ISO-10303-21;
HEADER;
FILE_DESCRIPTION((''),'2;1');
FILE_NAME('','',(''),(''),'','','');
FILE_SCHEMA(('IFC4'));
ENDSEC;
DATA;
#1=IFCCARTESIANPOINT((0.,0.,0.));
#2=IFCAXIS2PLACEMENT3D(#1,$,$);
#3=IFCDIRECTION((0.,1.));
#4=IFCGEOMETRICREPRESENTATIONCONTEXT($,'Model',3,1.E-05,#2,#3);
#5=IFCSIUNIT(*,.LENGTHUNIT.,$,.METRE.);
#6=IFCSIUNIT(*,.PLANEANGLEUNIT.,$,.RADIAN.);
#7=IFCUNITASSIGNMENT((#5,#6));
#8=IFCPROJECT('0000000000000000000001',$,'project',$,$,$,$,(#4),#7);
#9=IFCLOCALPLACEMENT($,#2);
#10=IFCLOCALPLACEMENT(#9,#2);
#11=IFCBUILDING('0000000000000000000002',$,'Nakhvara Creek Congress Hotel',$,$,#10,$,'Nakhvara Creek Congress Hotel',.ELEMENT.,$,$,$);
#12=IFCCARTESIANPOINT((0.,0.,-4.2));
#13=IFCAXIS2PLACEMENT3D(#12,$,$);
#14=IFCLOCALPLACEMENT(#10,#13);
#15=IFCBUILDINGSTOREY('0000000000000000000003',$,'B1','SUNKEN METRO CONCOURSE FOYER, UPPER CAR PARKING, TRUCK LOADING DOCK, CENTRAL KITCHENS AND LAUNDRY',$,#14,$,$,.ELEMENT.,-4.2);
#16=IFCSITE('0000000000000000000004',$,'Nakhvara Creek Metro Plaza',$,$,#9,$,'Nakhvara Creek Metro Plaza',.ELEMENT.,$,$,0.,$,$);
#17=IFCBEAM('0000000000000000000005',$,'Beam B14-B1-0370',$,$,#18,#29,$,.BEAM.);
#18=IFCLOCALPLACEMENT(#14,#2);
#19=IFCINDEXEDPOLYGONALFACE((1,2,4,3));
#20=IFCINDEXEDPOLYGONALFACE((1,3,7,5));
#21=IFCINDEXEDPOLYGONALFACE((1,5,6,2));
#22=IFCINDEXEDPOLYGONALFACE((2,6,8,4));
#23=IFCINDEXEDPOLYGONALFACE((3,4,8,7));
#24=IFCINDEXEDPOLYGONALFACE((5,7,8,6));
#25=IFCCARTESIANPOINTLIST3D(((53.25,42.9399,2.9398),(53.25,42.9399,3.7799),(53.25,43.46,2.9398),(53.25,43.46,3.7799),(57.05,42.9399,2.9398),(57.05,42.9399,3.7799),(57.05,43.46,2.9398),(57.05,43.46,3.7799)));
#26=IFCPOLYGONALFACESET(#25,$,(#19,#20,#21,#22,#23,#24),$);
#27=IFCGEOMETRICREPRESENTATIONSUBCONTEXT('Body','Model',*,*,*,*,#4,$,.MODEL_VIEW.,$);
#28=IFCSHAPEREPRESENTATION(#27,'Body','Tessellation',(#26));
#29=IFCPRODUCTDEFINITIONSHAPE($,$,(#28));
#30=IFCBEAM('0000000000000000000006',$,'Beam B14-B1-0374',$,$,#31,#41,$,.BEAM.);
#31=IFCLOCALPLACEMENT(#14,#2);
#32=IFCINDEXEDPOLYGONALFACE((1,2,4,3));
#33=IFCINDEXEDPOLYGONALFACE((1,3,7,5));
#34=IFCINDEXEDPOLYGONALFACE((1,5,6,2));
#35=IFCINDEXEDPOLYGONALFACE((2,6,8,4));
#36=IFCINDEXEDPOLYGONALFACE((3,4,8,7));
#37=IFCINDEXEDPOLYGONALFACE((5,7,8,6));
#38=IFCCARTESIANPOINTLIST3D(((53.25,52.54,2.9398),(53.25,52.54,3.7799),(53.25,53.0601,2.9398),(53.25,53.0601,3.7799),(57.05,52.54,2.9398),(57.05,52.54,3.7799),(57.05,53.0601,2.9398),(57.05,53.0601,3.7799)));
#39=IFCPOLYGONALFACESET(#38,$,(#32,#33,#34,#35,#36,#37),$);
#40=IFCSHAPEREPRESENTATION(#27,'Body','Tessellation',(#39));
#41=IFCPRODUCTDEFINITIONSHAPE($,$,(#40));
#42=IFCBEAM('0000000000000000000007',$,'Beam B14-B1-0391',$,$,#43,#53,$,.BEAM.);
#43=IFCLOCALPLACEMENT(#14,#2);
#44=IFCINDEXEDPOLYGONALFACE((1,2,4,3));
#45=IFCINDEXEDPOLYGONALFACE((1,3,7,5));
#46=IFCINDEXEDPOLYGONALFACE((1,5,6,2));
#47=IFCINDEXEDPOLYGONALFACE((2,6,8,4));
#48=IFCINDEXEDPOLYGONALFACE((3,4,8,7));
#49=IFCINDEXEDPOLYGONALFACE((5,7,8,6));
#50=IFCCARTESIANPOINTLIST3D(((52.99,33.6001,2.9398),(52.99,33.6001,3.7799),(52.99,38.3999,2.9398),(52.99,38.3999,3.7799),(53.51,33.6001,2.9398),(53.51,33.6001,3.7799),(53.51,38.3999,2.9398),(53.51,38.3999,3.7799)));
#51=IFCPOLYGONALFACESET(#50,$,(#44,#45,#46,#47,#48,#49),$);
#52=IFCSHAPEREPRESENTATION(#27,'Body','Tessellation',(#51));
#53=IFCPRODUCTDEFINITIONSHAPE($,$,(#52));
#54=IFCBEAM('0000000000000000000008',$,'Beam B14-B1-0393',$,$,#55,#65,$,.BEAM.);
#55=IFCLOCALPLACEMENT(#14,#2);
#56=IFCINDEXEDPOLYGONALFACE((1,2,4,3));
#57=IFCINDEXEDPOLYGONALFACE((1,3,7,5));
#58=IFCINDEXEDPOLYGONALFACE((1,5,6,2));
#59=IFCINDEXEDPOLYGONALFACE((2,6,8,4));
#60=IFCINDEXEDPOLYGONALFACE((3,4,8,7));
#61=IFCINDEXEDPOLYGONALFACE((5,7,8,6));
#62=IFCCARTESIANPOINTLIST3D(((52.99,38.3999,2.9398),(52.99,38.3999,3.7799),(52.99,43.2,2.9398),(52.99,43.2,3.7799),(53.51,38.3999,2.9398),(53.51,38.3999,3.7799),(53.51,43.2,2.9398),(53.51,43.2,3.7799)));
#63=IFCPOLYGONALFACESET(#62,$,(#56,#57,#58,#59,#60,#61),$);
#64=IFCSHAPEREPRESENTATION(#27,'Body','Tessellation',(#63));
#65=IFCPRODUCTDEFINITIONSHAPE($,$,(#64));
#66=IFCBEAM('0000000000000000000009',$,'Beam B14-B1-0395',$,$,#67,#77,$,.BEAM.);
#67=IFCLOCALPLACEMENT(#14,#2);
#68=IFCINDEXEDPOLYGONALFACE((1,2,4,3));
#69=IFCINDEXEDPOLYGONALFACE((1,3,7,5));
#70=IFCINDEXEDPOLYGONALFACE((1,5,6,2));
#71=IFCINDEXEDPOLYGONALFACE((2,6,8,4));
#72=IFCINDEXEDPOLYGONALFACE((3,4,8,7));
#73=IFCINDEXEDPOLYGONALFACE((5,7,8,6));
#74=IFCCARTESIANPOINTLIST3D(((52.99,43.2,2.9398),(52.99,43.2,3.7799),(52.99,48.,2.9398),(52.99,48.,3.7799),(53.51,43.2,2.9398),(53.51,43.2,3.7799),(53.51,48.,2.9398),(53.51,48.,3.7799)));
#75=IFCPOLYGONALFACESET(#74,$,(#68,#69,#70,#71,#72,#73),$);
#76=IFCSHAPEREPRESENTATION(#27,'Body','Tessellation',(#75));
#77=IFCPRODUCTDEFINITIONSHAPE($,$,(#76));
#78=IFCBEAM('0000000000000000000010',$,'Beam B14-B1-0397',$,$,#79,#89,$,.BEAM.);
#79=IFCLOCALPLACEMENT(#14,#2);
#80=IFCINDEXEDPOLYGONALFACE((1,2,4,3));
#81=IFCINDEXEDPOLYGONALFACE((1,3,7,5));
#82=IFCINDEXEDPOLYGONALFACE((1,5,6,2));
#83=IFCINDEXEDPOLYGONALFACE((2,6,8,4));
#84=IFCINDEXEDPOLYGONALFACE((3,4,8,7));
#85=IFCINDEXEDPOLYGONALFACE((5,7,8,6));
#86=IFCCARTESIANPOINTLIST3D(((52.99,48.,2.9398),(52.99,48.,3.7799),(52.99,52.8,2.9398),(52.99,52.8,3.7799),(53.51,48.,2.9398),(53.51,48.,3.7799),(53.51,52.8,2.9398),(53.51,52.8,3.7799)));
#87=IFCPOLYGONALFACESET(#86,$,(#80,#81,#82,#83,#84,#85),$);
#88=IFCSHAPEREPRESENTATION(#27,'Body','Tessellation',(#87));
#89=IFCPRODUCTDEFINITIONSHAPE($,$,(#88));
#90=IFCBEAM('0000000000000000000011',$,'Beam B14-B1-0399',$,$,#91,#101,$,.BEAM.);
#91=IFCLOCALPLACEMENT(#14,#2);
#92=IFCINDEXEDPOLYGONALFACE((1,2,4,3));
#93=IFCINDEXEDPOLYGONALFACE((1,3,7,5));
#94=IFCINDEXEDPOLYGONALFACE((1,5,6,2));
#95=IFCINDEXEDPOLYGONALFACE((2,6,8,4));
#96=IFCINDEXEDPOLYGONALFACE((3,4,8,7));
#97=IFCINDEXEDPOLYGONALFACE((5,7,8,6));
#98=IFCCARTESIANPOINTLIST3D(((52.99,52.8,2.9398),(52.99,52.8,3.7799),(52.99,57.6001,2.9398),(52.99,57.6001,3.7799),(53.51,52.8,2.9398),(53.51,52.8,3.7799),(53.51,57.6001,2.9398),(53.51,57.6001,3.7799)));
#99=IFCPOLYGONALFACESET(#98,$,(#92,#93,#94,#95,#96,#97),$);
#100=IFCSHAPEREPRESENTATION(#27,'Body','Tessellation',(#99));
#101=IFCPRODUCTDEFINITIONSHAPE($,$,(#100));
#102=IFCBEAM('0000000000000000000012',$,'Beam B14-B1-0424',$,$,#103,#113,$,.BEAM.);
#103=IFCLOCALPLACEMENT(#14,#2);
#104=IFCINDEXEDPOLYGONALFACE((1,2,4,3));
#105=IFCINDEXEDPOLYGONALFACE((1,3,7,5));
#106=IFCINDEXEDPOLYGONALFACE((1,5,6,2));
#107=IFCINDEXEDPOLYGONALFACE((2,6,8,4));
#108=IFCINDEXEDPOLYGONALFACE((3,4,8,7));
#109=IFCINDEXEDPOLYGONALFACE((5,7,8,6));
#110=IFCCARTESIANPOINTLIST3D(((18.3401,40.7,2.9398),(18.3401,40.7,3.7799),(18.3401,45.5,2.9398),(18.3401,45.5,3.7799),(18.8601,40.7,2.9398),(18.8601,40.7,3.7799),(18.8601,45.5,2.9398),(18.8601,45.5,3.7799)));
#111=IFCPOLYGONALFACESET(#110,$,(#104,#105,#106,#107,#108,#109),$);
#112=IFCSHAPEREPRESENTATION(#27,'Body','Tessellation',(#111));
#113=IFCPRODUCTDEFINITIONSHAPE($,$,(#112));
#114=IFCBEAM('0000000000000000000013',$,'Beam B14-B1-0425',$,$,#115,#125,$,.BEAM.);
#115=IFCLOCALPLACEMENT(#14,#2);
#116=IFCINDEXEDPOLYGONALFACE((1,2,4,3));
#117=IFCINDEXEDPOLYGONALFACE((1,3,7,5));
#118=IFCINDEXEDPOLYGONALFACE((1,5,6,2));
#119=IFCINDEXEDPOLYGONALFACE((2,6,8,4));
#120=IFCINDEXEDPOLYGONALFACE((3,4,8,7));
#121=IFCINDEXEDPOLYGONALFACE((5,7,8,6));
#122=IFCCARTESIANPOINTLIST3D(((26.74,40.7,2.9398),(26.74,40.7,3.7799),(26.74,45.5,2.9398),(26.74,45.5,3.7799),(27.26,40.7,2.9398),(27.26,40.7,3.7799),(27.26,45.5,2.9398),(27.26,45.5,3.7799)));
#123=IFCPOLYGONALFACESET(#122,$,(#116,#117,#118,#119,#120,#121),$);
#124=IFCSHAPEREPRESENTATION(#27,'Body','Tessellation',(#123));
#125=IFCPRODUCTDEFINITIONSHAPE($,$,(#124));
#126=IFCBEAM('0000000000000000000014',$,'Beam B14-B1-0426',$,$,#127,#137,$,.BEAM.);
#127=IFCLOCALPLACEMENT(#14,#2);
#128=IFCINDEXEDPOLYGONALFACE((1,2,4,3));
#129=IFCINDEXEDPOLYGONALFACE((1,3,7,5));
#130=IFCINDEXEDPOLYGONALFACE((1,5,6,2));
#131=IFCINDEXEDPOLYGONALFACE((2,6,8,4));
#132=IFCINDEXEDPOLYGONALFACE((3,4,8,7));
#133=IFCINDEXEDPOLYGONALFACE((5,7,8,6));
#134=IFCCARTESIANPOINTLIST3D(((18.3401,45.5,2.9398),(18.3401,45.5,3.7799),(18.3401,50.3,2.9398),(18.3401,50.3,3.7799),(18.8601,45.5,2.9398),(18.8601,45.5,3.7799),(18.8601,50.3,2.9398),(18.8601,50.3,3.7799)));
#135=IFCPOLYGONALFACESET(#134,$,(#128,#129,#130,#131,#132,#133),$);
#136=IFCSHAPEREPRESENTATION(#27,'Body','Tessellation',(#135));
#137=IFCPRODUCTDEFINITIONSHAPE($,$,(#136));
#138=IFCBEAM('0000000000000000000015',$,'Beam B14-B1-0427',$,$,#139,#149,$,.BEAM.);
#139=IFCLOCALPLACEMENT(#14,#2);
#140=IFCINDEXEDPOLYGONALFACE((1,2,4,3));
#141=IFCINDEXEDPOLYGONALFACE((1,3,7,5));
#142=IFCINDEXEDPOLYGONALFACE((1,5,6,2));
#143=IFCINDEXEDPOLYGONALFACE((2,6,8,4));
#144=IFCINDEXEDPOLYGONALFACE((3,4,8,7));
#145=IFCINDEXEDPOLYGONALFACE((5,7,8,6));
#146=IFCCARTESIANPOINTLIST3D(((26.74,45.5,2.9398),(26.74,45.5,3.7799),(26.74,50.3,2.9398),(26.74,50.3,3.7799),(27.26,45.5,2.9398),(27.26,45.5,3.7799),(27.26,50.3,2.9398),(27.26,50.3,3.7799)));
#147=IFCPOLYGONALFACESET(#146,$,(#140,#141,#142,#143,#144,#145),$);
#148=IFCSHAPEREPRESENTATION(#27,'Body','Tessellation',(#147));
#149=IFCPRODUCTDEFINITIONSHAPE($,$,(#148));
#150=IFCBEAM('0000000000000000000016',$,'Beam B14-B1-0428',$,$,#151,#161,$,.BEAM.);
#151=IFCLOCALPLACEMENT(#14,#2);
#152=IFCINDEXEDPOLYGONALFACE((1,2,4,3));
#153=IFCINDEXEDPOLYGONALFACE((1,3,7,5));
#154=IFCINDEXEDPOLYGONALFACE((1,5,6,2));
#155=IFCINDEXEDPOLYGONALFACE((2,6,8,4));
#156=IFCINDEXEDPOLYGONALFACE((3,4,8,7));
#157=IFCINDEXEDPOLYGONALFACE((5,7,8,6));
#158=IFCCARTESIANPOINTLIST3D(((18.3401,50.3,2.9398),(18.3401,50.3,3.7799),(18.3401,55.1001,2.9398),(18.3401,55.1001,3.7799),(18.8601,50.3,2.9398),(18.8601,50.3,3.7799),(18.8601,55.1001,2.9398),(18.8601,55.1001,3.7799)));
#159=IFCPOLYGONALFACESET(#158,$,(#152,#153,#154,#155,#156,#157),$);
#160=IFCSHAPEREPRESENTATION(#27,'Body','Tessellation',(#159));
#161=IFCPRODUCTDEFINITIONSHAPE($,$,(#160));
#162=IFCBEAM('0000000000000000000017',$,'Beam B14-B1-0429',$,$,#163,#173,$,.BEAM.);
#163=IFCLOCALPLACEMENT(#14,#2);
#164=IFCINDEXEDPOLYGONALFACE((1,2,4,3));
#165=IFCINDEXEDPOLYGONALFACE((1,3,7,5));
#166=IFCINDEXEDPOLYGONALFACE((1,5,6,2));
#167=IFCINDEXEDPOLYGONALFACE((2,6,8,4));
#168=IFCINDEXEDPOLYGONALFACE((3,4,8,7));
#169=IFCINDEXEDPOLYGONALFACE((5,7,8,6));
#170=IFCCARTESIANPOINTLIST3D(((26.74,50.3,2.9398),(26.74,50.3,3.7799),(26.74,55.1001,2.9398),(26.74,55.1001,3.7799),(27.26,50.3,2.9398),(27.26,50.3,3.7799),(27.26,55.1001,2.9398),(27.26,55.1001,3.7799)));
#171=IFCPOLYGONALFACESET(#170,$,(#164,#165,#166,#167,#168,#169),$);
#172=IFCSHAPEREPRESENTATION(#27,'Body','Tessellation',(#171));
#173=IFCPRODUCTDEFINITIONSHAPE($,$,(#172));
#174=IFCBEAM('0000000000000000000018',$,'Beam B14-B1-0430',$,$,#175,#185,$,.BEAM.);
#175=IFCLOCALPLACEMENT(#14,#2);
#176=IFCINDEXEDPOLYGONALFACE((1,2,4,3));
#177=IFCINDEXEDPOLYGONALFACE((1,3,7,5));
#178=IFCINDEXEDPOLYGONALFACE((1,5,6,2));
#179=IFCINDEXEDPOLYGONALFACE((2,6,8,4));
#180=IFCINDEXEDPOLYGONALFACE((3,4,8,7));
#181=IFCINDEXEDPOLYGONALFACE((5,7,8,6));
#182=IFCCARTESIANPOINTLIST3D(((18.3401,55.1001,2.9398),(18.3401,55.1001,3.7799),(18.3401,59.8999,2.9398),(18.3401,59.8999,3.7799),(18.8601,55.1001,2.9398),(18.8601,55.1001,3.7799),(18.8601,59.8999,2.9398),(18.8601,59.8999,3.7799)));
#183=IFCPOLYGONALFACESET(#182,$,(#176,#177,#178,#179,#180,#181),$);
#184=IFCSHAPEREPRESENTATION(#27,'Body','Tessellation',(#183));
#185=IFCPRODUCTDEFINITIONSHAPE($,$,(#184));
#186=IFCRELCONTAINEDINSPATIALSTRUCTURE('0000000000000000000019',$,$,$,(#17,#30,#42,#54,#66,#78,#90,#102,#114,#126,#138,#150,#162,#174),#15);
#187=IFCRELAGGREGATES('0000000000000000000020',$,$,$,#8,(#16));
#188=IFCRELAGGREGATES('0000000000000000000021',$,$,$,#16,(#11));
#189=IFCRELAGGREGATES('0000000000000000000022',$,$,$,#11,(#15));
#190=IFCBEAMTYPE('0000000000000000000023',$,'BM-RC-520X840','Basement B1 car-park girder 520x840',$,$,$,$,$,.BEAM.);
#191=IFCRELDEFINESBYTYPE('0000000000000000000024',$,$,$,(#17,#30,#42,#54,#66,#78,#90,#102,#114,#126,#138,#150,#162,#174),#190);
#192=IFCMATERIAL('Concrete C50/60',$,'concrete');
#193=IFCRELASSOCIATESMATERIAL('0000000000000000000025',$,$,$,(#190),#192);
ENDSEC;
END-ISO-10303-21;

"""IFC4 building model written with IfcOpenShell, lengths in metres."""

from ifc_helpers import new_model, si_unit, direction, frame, origin, origin_2d, place, context, subcontext, project, spatial, rectangle, extrude, material, material_profile, profile_set, type_object, element, save


model = new_model("IFC4")

# Units and contexts
model_context = context("Model", 3, precision=1e-05, world=origin(), true_north=direction((0.0, 1.0)))
body_context = subcontext(model_context, "Body", "Model", "MODEL_VIEW")
ifc_project = project(units=[si_unit("LENGTHUNIT", "METRE"), si_unit("PLANEANGLEUNIT", "RADIAN")], contexts=[model_context])

# Site, building, storey
site_placement = place(None, origin())
site = spatial("IfcSite", under=ifc_project, at=site_placement, Name="Nakhvara Creek Metro Plaza", LongName="Nakhvara Creek Metro Plaza", CompositionType="ELEMENT", RefElevation=0.0)
building_placement = place(site_placement, origin())
building = spatial("IfcBuilding", under=site, at=building_placement, Name="Nakhvara Creek Congress Hotel", LongName="Nakhvara Creek Congress Hotel", CompositionType="ELEMENT")
storey_placement = place(building_placement, frame((0.0, 0.0, -4.2)))
storey = spatial("IfcBuildingStorey", under=building, at=storey_placement, Name="B1", Description="SUNKEN METRO CONCOURSE FOYER, UPPER CAR PARKING, TRUCK LOADING DOCK, CENTRAL KITCHENS AND LAUNDRY", CompositionType="ELEMENT", Elevation=-4.2)

# Shared definitions
ifc_material = material(Name="Concrete C50/60", Category="concrete")

# Beams
ifc_material_profile_1 = material_profile(ifc_material, rectangle(XDim=0.52, YDim=0.8401, at=origin_2d()), Name="RC-BM 520x840", Category="LoadBearing")
ifc_profile_set_1 = profile_set([ifc_material_profile_1], Name="Concrete C50/60")
beam_type_1 = type_object("IfcBeamType", Name="BM-RC-520X840", Description="Basement B1 car-park girder 520x840", PredefinedType="BEAM", material=ifc_profile_set_1)
for number, where, z_axis, x_axis, name in (
    (1, (53.25, 43.2, 3.3599), (1.0, 0.0, 0.0), (0.0, 1.0, 0.0), "Beam B14-B1-0370"),
    (2, (53.25, 52.8, 3.3599), (1.0, 0.0, 0.0), (0.0, 1.0, 0.0), "Beam B14-B1-0374"),
):
    element("IfcBeam", number, at=place(storey_placement, frame(where, z_axis=z_axis, x_axis=x_axis)), inside=storey, type_object=beam_type_1, Name=name, PredefinedType="BEAM", context=body_context, shape_type="SweptSolid", body=[
        extrude(rectangle(XDim=0.52, YDim=0.8401, at=origin_2d()), origin(), (0.0, 0.0, 1.0), 3.8),
    ])
beam_1_placement = place(storey_placement, frame((53.25, 33.6001, 3.3599), z_axis=(0.0, 1.0, 0.0), x_axis=(-1.0, 0.0, 0.0)))
element("IfcBeam", 3, at=beam_1_placement, inside=storey, type_object=beam_type_1, Name="Beam B14-B1-0391", PredefinedType="BEAM", context=body_context, shape_type="SweptSolid", body=[
    extrude(rectangle(XDim=0.52, YDim=0.8401, at=origin_2d()), origin(), (0.0, 0.0, 1.0), 4.7998),
])
for number, where, z_axis, x_axis, name in (
    (4, (53.25, 38.3999, 3.3599), (0.0, 1.0, 0.0), (-1.0, 0.0, 0.0), "Beam B14-B1-0393"),
    (5, (53.25, 43.2, 3.3599), (0.0, 1.0, 0.0), (-1.0, 0.0, 0.0), "Beam B14-B1-0395"),
    (6, (53.25, 48.0, 3.3599), (0.0, 1.0, 0.0), (-1.0, 0.0, 0.0), "Beam B14-B1-0397"),
    (7, (53.25, 52.8, 3.3599), (0.0, 1.0, 0.0), (-1.0, 0.0, 0.0), "Beam B14-B1-0399"),
    (8, (18.6001, 40.7, 3.3599), (0.0, 1.0, 0.0), (-1.0, 0.0, 0.0), "Beam B14-B1-0424"),
    (9, (27.0, 40.7, 3.3599), (0.0, 1.0, 0.0), (-1.0, 0.0, 0.0), "Beam B14-B1-0425"),
    (10, (18.6001, 45.5, 3.3599), (0.0, 1.0, 0.0), (-1.0, 0.0, 0.0), "Beam B14-B1-0426"),
    (11, (27.0, 45.5, 3.3599), (0.0, 1.0, 0.0), (-1.0, 0.0, 0.0), "Beam B14-B1-0427"),
    (12, (18.6001, 50.3, 3.3599), (0.0, 1.0, 0.0), (-1.0, 0.0, 0.0), "Beam B14-B1-0428"),
    (13, (27.0, 50.3, 3.3599), (0.0, 1.0, 0.0), (-1.0, 0.0, 0.0), "Beam B14-B1-0429"),
):
    element("IfcBeam", number, at=place(storey_placement, frame(where, z_axis=z_axis, x_axis=x_axis)), inside=storey, type_object=beam_type_1, Name=name, PredefinedType="BEAM", context=body_context, shape_type="SweptSolid", body=[
        extrude(rectangle(XDim=0.52, YDim=0.8401, at=origin_2d()), origin(), (0.0, 0.0, 1.0), 4.8),
    ])
beam_2_placement = place(storey_placement, frame((18.6001, 55.1001, 3.3599), z_axis=(0.0, 1.0, 0.0), x_axis=(-1.0, 0.0, 0.0)))
element("IfcBeam", 14, at=beam_2_placement, inside=storey, type_object=beam_type_1, Name="Beam B14-B1-0430", PredefinedType="BEAM", context=body_context, shape_type="SweptSolid", body=[
    extrude(rectangle(XDim=0.52, YDim=0.8401, at=origin_2d()), origin(), (0.0, 0.0, 1.0), 4.7998),
])

save(model, "model.ifc")
